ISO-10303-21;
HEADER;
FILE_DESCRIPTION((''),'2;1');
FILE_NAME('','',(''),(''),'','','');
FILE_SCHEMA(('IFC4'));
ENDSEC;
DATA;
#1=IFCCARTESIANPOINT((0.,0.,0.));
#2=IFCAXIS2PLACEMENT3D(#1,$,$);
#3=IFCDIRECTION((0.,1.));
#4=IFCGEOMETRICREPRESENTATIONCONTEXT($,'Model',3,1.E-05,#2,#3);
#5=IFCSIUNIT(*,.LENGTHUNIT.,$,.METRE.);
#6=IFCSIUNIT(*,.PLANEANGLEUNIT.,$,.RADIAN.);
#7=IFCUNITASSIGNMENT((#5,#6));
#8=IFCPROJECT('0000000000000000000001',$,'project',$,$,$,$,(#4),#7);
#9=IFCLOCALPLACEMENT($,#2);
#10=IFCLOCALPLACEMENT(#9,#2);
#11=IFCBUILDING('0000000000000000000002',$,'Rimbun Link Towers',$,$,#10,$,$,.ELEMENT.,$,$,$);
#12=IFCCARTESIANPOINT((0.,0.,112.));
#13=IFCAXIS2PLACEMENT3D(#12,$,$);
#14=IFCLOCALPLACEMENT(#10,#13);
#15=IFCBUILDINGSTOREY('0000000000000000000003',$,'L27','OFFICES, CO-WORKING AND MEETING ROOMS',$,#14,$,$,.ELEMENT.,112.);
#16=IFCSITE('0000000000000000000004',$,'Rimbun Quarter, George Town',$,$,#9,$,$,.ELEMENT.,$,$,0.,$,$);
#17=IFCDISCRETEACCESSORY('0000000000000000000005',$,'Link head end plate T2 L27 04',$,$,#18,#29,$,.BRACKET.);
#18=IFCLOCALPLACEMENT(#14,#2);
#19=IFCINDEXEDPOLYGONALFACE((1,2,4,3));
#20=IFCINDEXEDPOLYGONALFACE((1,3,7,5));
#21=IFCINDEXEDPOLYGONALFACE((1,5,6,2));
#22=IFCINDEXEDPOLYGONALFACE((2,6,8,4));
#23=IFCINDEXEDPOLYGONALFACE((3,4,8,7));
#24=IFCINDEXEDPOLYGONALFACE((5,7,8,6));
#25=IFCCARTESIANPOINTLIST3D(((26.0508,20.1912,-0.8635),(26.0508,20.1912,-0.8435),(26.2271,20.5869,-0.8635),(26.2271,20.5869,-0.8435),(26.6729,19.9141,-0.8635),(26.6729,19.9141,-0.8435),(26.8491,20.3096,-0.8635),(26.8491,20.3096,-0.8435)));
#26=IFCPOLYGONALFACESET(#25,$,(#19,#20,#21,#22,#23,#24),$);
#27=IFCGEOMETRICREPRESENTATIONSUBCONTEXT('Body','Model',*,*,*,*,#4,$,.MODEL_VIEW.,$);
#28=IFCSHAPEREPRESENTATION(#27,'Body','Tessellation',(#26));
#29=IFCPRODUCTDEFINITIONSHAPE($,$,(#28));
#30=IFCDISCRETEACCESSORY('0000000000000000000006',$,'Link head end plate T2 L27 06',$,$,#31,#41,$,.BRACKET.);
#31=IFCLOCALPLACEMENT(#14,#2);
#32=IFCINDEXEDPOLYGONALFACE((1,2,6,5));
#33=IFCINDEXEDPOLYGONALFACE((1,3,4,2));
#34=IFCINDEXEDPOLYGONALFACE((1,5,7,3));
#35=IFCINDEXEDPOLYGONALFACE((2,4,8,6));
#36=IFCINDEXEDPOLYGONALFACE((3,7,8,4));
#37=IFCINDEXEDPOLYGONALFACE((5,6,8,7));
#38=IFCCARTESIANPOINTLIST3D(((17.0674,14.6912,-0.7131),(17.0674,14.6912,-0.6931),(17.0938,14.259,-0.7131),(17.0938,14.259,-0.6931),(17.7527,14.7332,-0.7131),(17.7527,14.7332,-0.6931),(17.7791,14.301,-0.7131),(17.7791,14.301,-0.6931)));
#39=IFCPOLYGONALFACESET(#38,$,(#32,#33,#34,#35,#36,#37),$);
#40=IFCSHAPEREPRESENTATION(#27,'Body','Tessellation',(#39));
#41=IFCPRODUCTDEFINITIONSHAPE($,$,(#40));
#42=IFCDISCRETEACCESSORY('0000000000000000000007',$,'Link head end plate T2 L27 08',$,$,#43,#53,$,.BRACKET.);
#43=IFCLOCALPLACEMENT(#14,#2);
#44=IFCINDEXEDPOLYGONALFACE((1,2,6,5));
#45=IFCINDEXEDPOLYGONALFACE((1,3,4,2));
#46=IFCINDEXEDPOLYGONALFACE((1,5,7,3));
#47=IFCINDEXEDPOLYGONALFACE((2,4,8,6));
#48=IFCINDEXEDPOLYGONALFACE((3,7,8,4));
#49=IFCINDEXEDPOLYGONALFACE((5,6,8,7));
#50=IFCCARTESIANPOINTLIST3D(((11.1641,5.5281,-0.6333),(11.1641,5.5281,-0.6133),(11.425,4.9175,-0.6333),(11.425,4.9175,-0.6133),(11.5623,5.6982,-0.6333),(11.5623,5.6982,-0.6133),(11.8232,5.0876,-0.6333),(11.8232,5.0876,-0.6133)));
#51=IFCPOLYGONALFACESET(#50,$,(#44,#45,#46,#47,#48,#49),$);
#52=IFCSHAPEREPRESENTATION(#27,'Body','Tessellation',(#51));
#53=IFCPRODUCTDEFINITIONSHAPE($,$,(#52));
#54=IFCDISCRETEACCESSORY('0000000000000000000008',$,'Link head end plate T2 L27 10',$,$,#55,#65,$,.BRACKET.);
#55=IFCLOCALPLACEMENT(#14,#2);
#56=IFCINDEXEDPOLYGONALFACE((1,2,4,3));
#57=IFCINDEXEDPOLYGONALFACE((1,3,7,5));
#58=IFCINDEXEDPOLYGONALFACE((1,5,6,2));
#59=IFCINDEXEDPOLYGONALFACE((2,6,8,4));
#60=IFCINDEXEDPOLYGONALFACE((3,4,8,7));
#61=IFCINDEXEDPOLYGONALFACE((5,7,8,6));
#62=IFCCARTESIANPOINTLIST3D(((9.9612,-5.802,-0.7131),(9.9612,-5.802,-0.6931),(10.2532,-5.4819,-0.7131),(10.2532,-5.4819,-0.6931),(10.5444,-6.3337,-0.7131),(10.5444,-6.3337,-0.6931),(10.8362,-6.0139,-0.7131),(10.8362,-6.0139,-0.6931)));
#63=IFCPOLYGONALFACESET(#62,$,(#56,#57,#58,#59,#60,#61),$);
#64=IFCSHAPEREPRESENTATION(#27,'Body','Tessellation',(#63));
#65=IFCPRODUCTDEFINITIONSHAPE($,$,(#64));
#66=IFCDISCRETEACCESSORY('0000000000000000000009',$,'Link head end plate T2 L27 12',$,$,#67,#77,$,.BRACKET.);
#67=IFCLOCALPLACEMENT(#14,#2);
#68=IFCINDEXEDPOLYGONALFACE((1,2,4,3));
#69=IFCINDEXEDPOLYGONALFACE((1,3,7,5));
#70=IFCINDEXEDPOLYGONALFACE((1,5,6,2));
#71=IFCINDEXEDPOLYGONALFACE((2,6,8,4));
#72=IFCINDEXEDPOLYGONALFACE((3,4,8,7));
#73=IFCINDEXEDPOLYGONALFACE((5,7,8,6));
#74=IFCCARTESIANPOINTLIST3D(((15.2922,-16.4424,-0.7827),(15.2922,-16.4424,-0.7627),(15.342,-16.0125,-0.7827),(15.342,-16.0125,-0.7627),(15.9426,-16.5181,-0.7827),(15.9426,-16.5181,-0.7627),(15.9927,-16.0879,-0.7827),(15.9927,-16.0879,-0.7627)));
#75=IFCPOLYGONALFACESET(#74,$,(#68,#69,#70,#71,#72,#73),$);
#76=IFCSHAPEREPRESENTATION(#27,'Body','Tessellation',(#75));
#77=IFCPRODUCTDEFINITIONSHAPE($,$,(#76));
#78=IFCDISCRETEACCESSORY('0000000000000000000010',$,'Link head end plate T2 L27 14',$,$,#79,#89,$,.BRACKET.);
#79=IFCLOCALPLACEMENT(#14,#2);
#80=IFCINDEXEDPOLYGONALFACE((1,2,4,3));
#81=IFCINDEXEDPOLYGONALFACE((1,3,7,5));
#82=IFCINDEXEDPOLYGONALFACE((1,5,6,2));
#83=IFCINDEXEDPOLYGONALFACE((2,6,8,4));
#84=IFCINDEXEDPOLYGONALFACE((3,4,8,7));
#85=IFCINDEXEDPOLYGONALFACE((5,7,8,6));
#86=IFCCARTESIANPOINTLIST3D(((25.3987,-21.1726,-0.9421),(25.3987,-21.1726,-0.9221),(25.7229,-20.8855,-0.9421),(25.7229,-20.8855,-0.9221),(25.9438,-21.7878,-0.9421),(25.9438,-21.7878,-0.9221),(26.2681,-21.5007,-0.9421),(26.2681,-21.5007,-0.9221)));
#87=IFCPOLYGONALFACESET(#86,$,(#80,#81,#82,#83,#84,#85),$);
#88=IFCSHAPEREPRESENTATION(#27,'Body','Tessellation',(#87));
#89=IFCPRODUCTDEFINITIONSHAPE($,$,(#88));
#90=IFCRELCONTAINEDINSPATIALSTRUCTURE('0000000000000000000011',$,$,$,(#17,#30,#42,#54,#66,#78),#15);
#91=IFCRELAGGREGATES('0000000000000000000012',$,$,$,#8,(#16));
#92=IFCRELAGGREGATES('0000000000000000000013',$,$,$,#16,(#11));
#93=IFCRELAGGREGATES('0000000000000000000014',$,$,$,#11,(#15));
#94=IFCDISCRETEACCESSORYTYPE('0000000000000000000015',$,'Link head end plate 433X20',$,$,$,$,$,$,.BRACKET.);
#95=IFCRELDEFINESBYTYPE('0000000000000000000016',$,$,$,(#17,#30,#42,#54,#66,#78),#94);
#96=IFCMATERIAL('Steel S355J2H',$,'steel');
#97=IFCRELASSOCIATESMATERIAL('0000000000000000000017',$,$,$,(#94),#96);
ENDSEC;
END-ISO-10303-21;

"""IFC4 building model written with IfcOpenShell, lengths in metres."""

from ifc_helpers import new_model, si_unit, direction, frame, origin, origin_2d, place, context, subcontext, project, spatial, polyline, rectangle, outline, extrude, material, material_profile, profile_set, type_object, element, save


model = new_model("IFC4")

# Units and contexts
model_context = context("Model", 3, precision=1e-05, world=origin(), true_north=direction((0.0, 1.0)))
body_context = subcontext(model_context, "Body", "Model", "MODEL_VIEW")
ifc_project = project(units=[si_unit("LENGTHUNIT", "METRE"), si_unit("PLANEANGLEUNIT", "RADIAN")], contexts=[model_context])

# Site, building, storey
site_placement = place(None, origin())
site = spatial("IfcSite", under=ifc_project, at=site_placement, Name="Rimbun Quarter, George Town", CompositionType="ELEMENT", RefElevation=0.0)
building_placement = place(site_placement, origin())
building = spatial("IfcBuilding", under=site, at=building_placement, Name="Rimbun Link Towers", CompositionType="ELEMENT")
storey_placement = place(building_placement, frame((0.0, 0.0, 112.0)))
storey = spatial("IfcBuildingStorey", under=building, at=storey_placement, Name="L27", Description="OFFICES, CO-WORKING AND MEETING ROOMS", CompositionType="ELEMENT", Elevation=112.0)

# Discrete accessories
ifc_material_1 = material(Name="Steel S355J2H", Category="steel")
ifc_material_profile_1 = material_profile(ifc_material_1, rectangle(XDim=0.4331, YDim=0.4331, at=origin_2d()), Name="PL 433x433")
ifc_profile_set_1 = profile_set([ifc_material_profile_1], Name="Steel S355J2H")
discrete_accessory_type_1 = type_object("IfcDiscreteAccessoryType", Name="Link head end plate 433X20", PredefinedType="BRACKET", material=ifc_profile_set_1)
discrete_accessory_1_placement = place(storey_placement, frame((0.0, 0.0, -0.8635)))
element("IfcDiscreteAccessory", 1, at=discrete_accessory_1_placement, inside=storey, type_object=discrete_accessory_type_1, Name="Link head end plate T2 L27 04", PredefinedType="BRACKET", context=body_context, shape_type="SweptSolid", body=[
    extrude(outline(polyline([(26.8491, 20.3096), (26.2271, 20.5869), (26.0508, 20.1912), (26.6729, 19.9141), (26.8491, 20.3096)])), origin(), (0.0, 0.0, 1.0), 0.02),
])
discrete_accessory_2_placement = place(storey_placement, frame((0.0, 0.0, -0.7131)))
element("IfcDiscreteAccessory", 2, at=discrete_accessory_2_placement, inside=storey, type_object=discrete_accessory_type_1, Name="Link head end plate T2 L27 06", PredefinedType="BRACKET", context=body_context, shape_type="SweptSolid", body=[
    extrude(outline(polyline([(17.7527, 14.7332), (17.0674, 14.6912), (17.0938, 14.259), (17.7791, 14.301), (17.7527, 14.7332)])), origin(), (0.0, 0.0, 1.0), 0.02),
])
discrete_accessory_3_placement = place(storey_placement, frame((0.0, 0.0, -0.6333)))
element("IfcDiscreteAccessory", 3, at=discrete_accessory_3_placement, inside=storey, type_object=discrete_accessory_type_1, Name="Link head end plate T2 L27 08", PredefinedType="BRACKET", context=body_context, shape_type="SweptSolid", body=[
    extrude(outline(polyline([(11.8232, 5.0876), (11.5623, 5.6982), (11.1641, 5.5281), (11.425, 4.9175), (11.8232, 5.0876)])), origin(), (0.0, 0.0, 1.0), 0.02),
])
discrete_accessory_4_placement = place(storey_placement, frame((0.0, 0.0, -0.7131)))
element("IfcDiscreteAccessory", 4, at=discrete_accessory_4_placement, inside=storey, type_object=discrete_accessory_type_1, Name="Link head end plate T2 L27 10", PredefinedType="BRACKET", context=body_context, shape_type="SweptSolid", body=[
    extrude(outline(polyline([(10.8362, -6.0139), (10.2532, -5.4819), (9.9612, -5.802), (10.5444, -6.3337), (10.8362, -6.0139)])), origin(), (0.0, 0.0, 1.0), 0.02),
])
discrete_accessory_5_placement = place(storey_placement, frame((0.0, 0.0, -0.7827)))
element("IfcDiscreteAccessory", 5, at=discrete_accessory_5_placement, inside=storey, type_object=discrete_accessory_type_1, Name="Link head end plate T2 L27 12", PredefinedType="BRACKET", context=body_context, shape_type="SweptSolid", body=[
    extrude(outline(polyline([(15.9927, -16.0879), (15.342, -16.0125), (15.2922, -16.4424), (15.9426, -16.5181), (15.9927, -16.0879)])), origin(), (0.0, 0.0, 1.0), 0.02),
])
discrete_accessory_6_placement = place(storey_placement, frame((0.0, 0.0, -0.9421)))
element("IfcDiscreteAccessory", 6, at=discrete_accessory_6_placement, inside=storey, type_object=discrete_accessory_type_1, Name="Link head end plate T2 L27 14", PredefinedType="BRACKET", context=body_context, shape_type="SweptSolid", body=[
    extrude(outline(polyline([(25.3987, -21.1726), (25.9438, -21.7878), (26.2681, -21.5007), (25.7229, -20.8855), (25.3987, -21.1726)])), origin(), (0.0, 0.0, 1.0), 0.02),
])

save(model, "model.ifc")
